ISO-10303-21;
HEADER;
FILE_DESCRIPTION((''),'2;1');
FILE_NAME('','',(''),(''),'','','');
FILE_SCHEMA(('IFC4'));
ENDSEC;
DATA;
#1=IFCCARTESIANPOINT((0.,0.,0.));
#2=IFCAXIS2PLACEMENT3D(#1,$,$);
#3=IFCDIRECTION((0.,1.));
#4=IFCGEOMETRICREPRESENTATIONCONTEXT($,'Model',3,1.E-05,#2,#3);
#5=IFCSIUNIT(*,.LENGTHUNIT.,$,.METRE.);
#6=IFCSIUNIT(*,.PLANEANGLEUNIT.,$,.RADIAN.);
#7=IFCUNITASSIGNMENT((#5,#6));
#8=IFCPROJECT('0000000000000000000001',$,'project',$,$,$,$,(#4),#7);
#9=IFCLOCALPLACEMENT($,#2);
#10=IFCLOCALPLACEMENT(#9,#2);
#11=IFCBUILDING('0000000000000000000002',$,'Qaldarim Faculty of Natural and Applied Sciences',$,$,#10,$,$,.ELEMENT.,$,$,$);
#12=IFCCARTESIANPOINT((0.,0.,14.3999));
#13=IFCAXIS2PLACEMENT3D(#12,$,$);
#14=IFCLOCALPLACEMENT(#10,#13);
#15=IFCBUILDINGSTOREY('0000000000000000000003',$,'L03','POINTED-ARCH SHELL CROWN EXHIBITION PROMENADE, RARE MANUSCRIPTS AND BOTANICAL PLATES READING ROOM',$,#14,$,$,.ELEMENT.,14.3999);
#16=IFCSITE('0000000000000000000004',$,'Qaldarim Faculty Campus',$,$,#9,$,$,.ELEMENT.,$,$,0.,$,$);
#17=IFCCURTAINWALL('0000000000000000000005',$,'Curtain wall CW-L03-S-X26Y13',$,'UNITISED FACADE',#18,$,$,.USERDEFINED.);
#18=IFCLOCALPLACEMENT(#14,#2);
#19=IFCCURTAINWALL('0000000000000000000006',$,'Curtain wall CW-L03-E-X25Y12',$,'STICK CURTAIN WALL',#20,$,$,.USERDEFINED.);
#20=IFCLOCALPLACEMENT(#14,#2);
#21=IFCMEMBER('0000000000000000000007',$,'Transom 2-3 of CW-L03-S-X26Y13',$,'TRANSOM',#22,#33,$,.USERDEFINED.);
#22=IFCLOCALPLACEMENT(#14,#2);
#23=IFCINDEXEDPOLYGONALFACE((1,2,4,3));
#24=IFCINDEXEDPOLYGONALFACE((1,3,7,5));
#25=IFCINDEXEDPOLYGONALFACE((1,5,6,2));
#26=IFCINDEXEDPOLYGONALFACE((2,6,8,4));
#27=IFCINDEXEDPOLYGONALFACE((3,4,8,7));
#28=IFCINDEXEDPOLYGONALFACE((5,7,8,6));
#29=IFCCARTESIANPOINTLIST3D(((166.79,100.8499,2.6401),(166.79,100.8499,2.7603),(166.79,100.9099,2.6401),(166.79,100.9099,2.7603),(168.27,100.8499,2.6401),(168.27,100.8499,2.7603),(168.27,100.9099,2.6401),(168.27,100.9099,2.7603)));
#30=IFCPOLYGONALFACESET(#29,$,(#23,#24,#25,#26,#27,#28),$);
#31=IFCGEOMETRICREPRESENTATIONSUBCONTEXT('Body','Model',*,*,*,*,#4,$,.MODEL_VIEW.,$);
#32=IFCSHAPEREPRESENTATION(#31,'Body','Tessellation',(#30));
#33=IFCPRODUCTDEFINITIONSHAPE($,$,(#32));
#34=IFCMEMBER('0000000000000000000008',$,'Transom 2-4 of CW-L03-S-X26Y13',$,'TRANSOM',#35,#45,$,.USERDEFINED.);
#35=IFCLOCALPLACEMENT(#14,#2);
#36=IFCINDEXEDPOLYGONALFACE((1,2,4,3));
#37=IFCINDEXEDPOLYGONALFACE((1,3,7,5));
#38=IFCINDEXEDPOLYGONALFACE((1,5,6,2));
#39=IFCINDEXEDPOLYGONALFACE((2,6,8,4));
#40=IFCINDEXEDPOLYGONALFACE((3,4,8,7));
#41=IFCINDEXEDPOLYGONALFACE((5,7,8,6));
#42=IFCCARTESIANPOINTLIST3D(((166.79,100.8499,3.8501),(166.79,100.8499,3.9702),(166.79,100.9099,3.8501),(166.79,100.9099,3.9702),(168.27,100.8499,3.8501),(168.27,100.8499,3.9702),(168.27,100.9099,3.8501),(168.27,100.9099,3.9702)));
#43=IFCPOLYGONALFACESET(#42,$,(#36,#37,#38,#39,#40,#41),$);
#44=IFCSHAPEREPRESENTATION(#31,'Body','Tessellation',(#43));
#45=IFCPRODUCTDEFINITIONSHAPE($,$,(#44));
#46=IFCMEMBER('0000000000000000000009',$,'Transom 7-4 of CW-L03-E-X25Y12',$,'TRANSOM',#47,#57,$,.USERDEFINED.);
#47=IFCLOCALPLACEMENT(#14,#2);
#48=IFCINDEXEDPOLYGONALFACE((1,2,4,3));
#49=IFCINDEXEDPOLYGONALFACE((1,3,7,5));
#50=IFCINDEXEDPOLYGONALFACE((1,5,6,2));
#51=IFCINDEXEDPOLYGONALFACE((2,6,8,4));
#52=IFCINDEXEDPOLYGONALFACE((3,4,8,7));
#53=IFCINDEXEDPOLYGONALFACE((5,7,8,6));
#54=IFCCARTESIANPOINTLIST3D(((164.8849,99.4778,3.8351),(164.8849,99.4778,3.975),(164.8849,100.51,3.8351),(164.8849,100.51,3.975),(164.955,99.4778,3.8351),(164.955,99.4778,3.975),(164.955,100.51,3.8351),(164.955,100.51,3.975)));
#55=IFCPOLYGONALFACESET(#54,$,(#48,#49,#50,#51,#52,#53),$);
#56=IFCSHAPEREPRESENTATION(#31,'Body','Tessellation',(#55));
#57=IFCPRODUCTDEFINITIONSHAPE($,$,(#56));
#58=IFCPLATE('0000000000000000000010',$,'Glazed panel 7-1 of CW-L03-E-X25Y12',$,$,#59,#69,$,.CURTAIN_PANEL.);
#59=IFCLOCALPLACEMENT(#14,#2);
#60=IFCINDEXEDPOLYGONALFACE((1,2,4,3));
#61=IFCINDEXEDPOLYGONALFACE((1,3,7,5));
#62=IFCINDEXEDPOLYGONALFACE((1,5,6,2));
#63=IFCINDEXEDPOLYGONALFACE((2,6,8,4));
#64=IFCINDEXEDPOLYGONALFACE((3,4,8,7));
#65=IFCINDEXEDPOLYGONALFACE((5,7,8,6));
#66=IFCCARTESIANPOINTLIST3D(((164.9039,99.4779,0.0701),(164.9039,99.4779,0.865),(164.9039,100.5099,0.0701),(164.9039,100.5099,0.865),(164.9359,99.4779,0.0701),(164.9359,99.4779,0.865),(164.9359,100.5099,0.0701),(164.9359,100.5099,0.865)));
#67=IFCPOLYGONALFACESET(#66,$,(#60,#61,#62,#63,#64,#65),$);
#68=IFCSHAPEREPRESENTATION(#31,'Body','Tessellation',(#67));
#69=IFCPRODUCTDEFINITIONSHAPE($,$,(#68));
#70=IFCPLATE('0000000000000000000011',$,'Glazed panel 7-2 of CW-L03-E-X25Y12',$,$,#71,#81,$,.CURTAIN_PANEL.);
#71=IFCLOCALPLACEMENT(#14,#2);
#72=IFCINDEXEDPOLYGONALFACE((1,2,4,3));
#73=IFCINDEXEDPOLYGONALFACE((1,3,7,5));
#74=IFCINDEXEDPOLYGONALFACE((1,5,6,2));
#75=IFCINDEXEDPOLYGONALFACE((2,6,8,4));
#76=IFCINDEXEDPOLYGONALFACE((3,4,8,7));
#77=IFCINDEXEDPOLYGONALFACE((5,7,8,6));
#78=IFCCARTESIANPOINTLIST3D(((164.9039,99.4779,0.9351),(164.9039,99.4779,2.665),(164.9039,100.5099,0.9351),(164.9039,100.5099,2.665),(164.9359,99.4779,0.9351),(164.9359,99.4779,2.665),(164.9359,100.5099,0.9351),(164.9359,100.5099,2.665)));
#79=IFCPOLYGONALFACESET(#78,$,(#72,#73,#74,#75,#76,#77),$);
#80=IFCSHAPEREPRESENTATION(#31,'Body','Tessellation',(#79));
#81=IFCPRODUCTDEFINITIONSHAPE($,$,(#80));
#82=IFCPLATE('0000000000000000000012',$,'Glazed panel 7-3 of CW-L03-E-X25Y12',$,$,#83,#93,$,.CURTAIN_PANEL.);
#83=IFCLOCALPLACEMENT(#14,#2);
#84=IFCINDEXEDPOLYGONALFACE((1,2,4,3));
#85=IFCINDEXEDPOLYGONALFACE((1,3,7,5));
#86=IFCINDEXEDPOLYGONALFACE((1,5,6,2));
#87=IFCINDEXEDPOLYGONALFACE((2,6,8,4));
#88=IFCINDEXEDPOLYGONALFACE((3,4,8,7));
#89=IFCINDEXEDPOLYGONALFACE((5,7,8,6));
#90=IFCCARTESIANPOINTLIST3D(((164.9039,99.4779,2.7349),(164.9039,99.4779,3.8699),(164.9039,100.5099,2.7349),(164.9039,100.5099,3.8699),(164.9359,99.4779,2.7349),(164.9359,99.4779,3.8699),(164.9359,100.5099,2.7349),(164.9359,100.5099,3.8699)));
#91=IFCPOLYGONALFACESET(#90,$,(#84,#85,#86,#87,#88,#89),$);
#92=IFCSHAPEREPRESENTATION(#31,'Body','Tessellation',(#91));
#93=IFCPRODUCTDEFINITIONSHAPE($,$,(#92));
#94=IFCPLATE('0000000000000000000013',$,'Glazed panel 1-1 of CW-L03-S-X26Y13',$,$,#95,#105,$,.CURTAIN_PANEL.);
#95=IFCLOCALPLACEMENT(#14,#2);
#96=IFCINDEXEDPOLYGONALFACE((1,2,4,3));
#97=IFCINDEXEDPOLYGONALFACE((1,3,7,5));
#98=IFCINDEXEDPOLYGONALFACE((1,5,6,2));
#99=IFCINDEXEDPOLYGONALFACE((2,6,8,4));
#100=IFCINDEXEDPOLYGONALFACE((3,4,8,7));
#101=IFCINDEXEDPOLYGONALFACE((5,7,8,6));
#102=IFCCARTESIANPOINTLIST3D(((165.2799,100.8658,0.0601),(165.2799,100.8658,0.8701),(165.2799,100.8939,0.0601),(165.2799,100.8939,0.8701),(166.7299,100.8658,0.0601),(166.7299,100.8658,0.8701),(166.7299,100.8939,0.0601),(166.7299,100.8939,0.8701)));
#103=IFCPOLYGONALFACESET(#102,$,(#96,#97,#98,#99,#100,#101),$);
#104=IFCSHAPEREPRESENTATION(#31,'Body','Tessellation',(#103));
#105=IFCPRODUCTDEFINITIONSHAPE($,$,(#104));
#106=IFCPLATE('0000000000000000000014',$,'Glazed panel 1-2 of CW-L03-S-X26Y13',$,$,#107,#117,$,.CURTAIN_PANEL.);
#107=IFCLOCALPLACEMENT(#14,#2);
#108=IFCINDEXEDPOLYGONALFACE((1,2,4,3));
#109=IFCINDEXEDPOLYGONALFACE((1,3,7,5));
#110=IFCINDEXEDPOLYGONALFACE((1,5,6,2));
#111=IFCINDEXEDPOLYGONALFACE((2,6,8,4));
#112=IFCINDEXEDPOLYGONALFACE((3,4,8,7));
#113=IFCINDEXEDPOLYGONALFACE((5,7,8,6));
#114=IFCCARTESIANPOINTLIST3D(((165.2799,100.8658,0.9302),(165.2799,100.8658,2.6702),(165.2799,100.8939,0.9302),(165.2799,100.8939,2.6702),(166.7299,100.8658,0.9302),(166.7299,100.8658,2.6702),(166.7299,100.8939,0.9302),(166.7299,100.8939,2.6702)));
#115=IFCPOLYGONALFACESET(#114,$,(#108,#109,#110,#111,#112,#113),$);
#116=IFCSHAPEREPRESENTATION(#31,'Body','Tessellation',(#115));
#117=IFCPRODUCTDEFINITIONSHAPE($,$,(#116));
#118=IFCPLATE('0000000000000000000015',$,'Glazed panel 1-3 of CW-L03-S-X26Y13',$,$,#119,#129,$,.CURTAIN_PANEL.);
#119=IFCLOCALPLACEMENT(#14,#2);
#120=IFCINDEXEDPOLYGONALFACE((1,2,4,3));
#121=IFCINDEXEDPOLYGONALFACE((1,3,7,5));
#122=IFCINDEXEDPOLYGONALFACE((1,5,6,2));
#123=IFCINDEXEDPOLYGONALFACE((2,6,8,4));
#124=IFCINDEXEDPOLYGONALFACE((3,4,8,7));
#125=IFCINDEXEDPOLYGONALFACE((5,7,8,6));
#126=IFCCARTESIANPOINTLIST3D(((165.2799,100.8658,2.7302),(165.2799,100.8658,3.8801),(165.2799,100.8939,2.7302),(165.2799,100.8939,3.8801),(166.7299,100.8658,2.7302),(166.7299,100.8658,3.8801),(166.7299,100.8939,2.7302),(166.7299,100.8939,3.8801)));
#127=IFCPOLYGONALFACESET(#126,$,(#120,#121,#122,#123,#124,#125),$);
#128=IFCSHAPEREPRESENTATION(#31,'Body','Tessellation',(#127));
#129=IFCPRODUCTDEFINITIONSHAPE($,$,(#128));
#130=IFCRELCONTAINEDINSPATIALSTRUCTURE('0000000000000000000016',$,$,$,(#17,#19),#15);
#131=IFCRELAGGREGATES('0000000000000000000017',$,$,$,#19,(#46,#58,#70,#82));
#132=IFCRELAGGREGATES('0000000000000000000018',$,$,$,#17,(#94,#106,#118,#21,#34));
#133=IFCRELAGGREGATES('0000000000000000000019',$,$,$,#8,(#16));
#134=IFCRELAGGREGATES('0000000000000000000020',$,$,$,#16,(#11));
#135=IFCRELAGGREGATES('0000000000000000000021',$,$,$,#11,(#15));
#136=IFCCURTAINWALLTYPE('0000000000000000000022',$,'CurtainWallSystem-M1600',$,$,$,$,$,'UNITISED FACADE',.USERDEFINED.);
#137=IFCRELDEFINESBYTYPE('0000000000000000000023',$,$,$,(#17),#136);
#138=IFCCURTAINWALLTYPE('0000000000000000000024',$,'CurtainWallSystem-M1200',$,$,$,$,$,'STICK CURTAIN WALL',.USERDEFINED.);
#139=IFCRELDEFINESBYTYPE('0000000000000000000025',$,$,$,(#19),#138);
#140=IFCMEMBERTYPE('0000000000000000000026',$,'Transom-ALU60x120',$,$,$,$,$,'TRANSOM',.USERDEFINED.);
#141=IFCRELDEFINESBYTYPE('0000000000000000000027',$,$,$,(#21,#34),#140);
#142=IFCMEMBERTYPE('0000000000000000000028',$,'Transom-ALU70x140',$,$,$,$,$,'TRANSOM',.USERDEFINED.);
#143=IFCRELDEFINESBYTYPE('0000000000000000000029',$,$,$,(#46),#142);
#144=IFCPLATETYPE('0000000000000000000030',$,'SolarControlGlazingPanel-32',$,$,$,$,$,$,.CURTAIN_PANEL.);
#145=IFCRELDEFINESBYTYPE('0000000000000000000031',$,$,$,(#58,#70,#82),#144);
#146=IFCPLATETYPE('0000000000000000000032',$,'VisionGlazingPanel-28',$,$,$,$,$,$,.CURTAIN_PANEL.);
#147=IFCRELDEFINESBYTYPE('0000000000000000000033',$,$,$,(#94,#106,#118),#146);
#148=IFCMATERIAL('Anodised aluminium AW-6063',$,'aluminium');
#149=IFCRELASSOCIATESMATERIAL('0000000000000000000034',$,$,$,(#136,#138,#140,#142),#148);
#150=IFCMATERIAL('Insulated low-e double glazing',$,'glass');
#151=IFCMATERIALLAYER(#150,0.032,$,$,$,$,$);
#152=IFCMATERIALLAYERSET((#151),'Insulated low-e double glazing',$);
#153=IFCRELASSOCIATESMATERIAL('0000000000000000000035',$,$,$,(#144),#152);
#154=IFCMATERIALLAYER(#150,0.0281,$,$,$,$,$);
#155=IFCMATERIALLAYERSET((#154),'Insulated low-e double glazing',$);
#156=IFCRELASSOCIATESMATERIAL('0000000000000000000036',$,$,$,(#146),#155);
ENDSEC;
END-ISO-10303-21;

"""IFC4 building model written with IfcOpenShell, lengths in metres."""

from ifc_helpers import new_model, si_unit, direction, frame, origin, origin_2d, place, context, subcontext, project, spatial, rectangle, extrude, material, layer, layer_set, material_profile, profile_set, type_object, element, aggregate, save


model = new_model("IFC4")

# Units and contexts
model_context = context("Model", 3, precision=1e-05, world=origin(), true_north=direction((0.0, 1.0)))
body_context = subcontext(model_context, "Body", "Model", "MODEL_VIEW")
ifc_project = project(units=[si_unit("LENGTHUNIT", "METRE"), si_unit("PLANEANGLEUNIT", "RADIAN")], contexts=[model_context])

# Site, building, storey
site_placement = place(None, origin())
site = spatial("IfcSite", under=ifc_project, at=site_placement, Name="Qaldarim Faculty Campus", CompositionType="ELEMENT", RefElevation=0.0)
building_placement = place(site_placement, origin())
building = spatial("IfcBuilding", under=site, at=building_placement, Name="Qaldarim Faculty of Natural and Applied Sciences", CompositionType="ELEMENT")
storey_placement = place(building_placement, frame((0.0, 0.0, 14.3999)))
storey = spatial("IfcBuildingStorey", under=building, at=storey_placement, Name="L03", Description="POINTED-ARCH SHELL CROWN EXHIBITION PROMENADE, RARE MANUSCRIPTS AND BOTANICAL PLATES READING ROOM", CompositionType="ELEMENT", Elevation=14.3999)

# Curtain wall
ifc_material_1 = material(Name="Anodised aluminium AW-6063", Category="aluminium")
curtain_wall_type_1 = type_object("IfcCurtainWallType", Name="CurtainWallSystem-M1600", ElementType="UNITISED FACADE", PredefinedType="USERDEFINED", material=ifc_material_1)
curtain_wall_1_placement = place(storey_placement, origin())
curtain_wall_1 = element("IfcCurtainWall", 1, at=curtain_wall_1_placement, inside=storey, type_object=curtain_wall_type_1, Name="Curtain wall CW-L03-S-X26Y13", ObjectType="UNITISED FACADE", PredefinedType="USERDEFINED")

# Curtain wall
curtain_wall_type_2 = type_object("IfcCurtainWallType", Name="CurtainWallSystem-M1200", ElementType="STICK CURTAIN WALL", PredefinedType="USERDEFINED", material=ifc_material_1)
curtain_wall_2_placement = place(storey_placement, origin())
curtain_wall_2 = element("IfcCurtainWall", 2, at=curtain_wall_2_placement, inside=storey, type_object=curtain_wall_type_2, Name="Curtain wall CW-L03-E-X25Y12", ObjectType="STICK CURTAIN WALL", PredefinedType="USERDEFINED")

# Members
ifc_material_profile_1 = material_profile(ifc_material_1, rectangle(XDim=0.0601, YDim=0.1201, at=origin_2d()), Name="ALU-T60x120")
ifc_profile_set_1 = profile_set([ifc_material_profile_1], Name="Anodised aluminium AW-6063")
member_type_1 = type_object("IfcMemberType", Name="Transom-ALU60x120", ElementType="TRANSOM", PredefinedType="USERDEFINED", material=ifc_profile_set_1)
member_1_placement = place(storey_placement, frame((166.79, 100.8799, 2.7002), z_axis=(1.0, 0.0, 0.0), x_axis=(0.0, 1.0, 0.0)))
member_1 = element("IfcMember", 3, at=member_1_placement, type_object=member_type_1, Name="Transom 2-3 of CW-L03-S-X26Y13", ObjectType="TRANSOM", PredefinedType="USERDEFINED", context=body_context, shape_type="SweptSolid", body=[
    extrude(rectangle(XDim=0.0601, YDim=0.1201, at=origin_2d()), origin(), (0.0, 0.0, 1.0), 1.48),
])
member_2_placement = place(storey_placement, frame((166.79, 100.8799, 3.9102), z_axis=(1.0, 0.0, 0.0), x_axis=(0.0, 1.0, 0.0)))
member_2 = element("IfcMember", 4, at=member_2_placement, type_object=member_type_1, Name="Transom 2-4 of CW-L03-S-X26Y13", ObjectType="TRANSOM", PredefinedType="USERDEFINED", context=body_context, shape_type="SweptSolid", body=[
    extrude(rectangle(XDim=0.0601, YDim=0.1201, at=origin_2d()), origin(), (0.0, 0.0, 1.0), 1.48),
])
ifc_material_profile_2 = material_profile(ifc_material_1, rectangle(XDim=0.0701, YDim=0.1399, at=origin_2d()), Name="ALU-T70x140")
ifc_profile_set_2 = profile_set([ifc_material_profile_2], Name="Anodised aluminium AW-6063")
member_type_2 = type_object("IfcMemberType", Name="Transom-ALU70x140", ElementType="TRANSOM", PredefinedType="USERDEFINED", material=ifc_profile_set_2)
member_3_placement = place(storey_placement, frame((164.9199, 99.4778, 3.905), z_axis=(0.0, 1.0, 0.0), x_axis=(-1.0, 0.0, 0.0)))
member_3 = element("IfcMember", 5, at=member_3_placement, type_object=member_type_2, Name="Transom 7-4 of CW-L03-E-X25Y12", ObjectType="TRANSOM", PredefinedType="USERDEFINED", context=body_context, shape_type="SweptSolid", body=[
    extrude(rectangle(XDim=0.0701, YDim=0.1399, at=origin_2d()), origin(), (0.0, 0.0, 1.0), 1.0322),
])

# Plates
ifc_material_2 = material(Name="Insulated low-e double glazing", Category="glass")
ifc_layer_1 = layer(ifc_material_2, 0.032)
ifc_layer_set_1 = layer_set([ifc_layer_1], Name="Insulated low-e double glazing")
plate_type_1 = type_object("IfcPlateType", Name="SolarControlGlazingPanel-32", PredefinedType="CURTAIN_PANEL", material=ifc_layer_set_1)
plate_1_placement = place(storey_placement, frame((164.9199, 99.9939, 0.0701), z_axis=(0.0, 0.0, 1.0), x_axis=(0.0, 1.0, 0.0)))
plate_1 = element("IfcPlate", 6, at=plate_1_placement, type_object=plate_type_1, Name="Glazed panel 7-1 of CW-L03-E-X25Y12", PredefinedType="CURTAIN_PANEL", context=body_context, shape_type="SweptSolid", body=[
    extrude(rectangle(XDim=1.032, YDim=0.032, at=origin_2d()), origin(), (0.0, 0.0, 1.0), 0.7949),
])
plate_2_placement = place(storey_placement, frame((164.9199, 99.9939, 0.9351), z_axis=(0.0, 0.0, 1.0), x_axis=(0.0, 1.0, 0.0)))
plate_2 = element("IfcPlate", 7, at=plate_2_placement, type_object=plate_type_1, Name="Glazed panel 7-2 of CW-L03-E-X25Y12", PredefinedType="CURTAIN_PANEL", context=body_context, shape_type="SweptSolid", body=[
    extrude(rectangle(XDim=1.032, YDim=0.032, at=origin_2d()), origin(), (0.0, 0.0, 1.0), 1.73),
])
plate_3_placement = place(storey_placement, frame((164.9199, 99.9939, 2.7349), z_axis=(0.0, 0.0, 1.0), x_axis=(0.0, 1.0, 0.0)))
plate_3 = element("IfcPlate", 8, at=plate_3_placement, type_object=plate_type_1, Name="Glazed panel 7-3 of CW-L03-E-X25Y12", PredefinedType="CURTAIN_PANEL", context=body_context, shape_type="SweptSolid", body=[
    extrude(rectangle(XDim=1.032, YDim=0.032, at=origin_2d()), origin(), (0.0, 0.0, 1.0), 1.135),
])
aggregate(curtain_wall_2, [member_3, plate_1, plate_2, plate_3])
ifc_layer_2 = layer(ifc_material_2, 0.0281)
ifc_layer_set_2 = layer_set([ifc_layer_2], Name="Insulated low-e double glazing")
plate_type_2 = type_object("IfcPlateType", Name="VisionGlazingPanel-28", PredefinedType="CURTAIN_PANEL", material=ifc_layer_set_2)
plate_4_placement = place(storey_placement, frame((166.0049, 100.8799, 0.0601), z_axis=(0.0, 0.0, 1.0), x_axis=(1.0, 0.0, 0.0)))
plate_4 = element("IfcPlate", 9, at=plate_4_placement, type_object=plate_type_2, Name="Glazed panel 1-1 of CW-L03-S-X26Y13", PredefinedType="CURTAIN_PANEL", context=body_context, shape_type="SweptSolid", body=[
    extrude(rectangle(XDim=1.45, YDim=0.0281, at=origin_2d()), origin(), (0.0, 0.0, 1.0), 0.8101),
])
plate_5_placement = place(storey_placement, frame((166.0049, 100.8799, 0.9302), z_axis=(0.0, 0.0, 1.0), x_axis=(1.0, 0.0, 0.0)))
plate_5 = element("IfcPlate", 10, at=plate_5_placement, type_object=plate_type_2, Name="Glazed panel 1-2 of CW-L03-S-X26Y13", PredefinedType="CURTAIN_PANEL", context=body_context, shape_type="SweptSolid", body=[
    extrude(rectangle(XDim=1.45, YDim=0.0281, at=origin_2d()), origin(), (0.0, 0.0, 1.0), 1.74),
])
plate_6_placement = place(storey_placement, frame((166.0049, 100.8799, 2.7302), z_axis=(0.0, 0.0, 1.0), x_axis=(1.0, 0.0, 0.0)))
plate_6 = element("IfcPlate", 11, at=plate_6_placement, type_object=plate_type_2, Name="Glazed panel 1-3 of CW-L03-S-X26Y13", PredefinedType="CURTAIN_PANEL", context=body_context, shape_type="SweptSolid", body=[
    extrude(rectangle(XDim=1.45, YDim=0.0281, at=origin_2d()), origin(), (0.0, 0.0, 1.0), 1.1499),
])
aggregate(curtain_wall_1, [plate_4, plate_5, plate_6, member_1, member_2])

save(model, "model.ifc")
